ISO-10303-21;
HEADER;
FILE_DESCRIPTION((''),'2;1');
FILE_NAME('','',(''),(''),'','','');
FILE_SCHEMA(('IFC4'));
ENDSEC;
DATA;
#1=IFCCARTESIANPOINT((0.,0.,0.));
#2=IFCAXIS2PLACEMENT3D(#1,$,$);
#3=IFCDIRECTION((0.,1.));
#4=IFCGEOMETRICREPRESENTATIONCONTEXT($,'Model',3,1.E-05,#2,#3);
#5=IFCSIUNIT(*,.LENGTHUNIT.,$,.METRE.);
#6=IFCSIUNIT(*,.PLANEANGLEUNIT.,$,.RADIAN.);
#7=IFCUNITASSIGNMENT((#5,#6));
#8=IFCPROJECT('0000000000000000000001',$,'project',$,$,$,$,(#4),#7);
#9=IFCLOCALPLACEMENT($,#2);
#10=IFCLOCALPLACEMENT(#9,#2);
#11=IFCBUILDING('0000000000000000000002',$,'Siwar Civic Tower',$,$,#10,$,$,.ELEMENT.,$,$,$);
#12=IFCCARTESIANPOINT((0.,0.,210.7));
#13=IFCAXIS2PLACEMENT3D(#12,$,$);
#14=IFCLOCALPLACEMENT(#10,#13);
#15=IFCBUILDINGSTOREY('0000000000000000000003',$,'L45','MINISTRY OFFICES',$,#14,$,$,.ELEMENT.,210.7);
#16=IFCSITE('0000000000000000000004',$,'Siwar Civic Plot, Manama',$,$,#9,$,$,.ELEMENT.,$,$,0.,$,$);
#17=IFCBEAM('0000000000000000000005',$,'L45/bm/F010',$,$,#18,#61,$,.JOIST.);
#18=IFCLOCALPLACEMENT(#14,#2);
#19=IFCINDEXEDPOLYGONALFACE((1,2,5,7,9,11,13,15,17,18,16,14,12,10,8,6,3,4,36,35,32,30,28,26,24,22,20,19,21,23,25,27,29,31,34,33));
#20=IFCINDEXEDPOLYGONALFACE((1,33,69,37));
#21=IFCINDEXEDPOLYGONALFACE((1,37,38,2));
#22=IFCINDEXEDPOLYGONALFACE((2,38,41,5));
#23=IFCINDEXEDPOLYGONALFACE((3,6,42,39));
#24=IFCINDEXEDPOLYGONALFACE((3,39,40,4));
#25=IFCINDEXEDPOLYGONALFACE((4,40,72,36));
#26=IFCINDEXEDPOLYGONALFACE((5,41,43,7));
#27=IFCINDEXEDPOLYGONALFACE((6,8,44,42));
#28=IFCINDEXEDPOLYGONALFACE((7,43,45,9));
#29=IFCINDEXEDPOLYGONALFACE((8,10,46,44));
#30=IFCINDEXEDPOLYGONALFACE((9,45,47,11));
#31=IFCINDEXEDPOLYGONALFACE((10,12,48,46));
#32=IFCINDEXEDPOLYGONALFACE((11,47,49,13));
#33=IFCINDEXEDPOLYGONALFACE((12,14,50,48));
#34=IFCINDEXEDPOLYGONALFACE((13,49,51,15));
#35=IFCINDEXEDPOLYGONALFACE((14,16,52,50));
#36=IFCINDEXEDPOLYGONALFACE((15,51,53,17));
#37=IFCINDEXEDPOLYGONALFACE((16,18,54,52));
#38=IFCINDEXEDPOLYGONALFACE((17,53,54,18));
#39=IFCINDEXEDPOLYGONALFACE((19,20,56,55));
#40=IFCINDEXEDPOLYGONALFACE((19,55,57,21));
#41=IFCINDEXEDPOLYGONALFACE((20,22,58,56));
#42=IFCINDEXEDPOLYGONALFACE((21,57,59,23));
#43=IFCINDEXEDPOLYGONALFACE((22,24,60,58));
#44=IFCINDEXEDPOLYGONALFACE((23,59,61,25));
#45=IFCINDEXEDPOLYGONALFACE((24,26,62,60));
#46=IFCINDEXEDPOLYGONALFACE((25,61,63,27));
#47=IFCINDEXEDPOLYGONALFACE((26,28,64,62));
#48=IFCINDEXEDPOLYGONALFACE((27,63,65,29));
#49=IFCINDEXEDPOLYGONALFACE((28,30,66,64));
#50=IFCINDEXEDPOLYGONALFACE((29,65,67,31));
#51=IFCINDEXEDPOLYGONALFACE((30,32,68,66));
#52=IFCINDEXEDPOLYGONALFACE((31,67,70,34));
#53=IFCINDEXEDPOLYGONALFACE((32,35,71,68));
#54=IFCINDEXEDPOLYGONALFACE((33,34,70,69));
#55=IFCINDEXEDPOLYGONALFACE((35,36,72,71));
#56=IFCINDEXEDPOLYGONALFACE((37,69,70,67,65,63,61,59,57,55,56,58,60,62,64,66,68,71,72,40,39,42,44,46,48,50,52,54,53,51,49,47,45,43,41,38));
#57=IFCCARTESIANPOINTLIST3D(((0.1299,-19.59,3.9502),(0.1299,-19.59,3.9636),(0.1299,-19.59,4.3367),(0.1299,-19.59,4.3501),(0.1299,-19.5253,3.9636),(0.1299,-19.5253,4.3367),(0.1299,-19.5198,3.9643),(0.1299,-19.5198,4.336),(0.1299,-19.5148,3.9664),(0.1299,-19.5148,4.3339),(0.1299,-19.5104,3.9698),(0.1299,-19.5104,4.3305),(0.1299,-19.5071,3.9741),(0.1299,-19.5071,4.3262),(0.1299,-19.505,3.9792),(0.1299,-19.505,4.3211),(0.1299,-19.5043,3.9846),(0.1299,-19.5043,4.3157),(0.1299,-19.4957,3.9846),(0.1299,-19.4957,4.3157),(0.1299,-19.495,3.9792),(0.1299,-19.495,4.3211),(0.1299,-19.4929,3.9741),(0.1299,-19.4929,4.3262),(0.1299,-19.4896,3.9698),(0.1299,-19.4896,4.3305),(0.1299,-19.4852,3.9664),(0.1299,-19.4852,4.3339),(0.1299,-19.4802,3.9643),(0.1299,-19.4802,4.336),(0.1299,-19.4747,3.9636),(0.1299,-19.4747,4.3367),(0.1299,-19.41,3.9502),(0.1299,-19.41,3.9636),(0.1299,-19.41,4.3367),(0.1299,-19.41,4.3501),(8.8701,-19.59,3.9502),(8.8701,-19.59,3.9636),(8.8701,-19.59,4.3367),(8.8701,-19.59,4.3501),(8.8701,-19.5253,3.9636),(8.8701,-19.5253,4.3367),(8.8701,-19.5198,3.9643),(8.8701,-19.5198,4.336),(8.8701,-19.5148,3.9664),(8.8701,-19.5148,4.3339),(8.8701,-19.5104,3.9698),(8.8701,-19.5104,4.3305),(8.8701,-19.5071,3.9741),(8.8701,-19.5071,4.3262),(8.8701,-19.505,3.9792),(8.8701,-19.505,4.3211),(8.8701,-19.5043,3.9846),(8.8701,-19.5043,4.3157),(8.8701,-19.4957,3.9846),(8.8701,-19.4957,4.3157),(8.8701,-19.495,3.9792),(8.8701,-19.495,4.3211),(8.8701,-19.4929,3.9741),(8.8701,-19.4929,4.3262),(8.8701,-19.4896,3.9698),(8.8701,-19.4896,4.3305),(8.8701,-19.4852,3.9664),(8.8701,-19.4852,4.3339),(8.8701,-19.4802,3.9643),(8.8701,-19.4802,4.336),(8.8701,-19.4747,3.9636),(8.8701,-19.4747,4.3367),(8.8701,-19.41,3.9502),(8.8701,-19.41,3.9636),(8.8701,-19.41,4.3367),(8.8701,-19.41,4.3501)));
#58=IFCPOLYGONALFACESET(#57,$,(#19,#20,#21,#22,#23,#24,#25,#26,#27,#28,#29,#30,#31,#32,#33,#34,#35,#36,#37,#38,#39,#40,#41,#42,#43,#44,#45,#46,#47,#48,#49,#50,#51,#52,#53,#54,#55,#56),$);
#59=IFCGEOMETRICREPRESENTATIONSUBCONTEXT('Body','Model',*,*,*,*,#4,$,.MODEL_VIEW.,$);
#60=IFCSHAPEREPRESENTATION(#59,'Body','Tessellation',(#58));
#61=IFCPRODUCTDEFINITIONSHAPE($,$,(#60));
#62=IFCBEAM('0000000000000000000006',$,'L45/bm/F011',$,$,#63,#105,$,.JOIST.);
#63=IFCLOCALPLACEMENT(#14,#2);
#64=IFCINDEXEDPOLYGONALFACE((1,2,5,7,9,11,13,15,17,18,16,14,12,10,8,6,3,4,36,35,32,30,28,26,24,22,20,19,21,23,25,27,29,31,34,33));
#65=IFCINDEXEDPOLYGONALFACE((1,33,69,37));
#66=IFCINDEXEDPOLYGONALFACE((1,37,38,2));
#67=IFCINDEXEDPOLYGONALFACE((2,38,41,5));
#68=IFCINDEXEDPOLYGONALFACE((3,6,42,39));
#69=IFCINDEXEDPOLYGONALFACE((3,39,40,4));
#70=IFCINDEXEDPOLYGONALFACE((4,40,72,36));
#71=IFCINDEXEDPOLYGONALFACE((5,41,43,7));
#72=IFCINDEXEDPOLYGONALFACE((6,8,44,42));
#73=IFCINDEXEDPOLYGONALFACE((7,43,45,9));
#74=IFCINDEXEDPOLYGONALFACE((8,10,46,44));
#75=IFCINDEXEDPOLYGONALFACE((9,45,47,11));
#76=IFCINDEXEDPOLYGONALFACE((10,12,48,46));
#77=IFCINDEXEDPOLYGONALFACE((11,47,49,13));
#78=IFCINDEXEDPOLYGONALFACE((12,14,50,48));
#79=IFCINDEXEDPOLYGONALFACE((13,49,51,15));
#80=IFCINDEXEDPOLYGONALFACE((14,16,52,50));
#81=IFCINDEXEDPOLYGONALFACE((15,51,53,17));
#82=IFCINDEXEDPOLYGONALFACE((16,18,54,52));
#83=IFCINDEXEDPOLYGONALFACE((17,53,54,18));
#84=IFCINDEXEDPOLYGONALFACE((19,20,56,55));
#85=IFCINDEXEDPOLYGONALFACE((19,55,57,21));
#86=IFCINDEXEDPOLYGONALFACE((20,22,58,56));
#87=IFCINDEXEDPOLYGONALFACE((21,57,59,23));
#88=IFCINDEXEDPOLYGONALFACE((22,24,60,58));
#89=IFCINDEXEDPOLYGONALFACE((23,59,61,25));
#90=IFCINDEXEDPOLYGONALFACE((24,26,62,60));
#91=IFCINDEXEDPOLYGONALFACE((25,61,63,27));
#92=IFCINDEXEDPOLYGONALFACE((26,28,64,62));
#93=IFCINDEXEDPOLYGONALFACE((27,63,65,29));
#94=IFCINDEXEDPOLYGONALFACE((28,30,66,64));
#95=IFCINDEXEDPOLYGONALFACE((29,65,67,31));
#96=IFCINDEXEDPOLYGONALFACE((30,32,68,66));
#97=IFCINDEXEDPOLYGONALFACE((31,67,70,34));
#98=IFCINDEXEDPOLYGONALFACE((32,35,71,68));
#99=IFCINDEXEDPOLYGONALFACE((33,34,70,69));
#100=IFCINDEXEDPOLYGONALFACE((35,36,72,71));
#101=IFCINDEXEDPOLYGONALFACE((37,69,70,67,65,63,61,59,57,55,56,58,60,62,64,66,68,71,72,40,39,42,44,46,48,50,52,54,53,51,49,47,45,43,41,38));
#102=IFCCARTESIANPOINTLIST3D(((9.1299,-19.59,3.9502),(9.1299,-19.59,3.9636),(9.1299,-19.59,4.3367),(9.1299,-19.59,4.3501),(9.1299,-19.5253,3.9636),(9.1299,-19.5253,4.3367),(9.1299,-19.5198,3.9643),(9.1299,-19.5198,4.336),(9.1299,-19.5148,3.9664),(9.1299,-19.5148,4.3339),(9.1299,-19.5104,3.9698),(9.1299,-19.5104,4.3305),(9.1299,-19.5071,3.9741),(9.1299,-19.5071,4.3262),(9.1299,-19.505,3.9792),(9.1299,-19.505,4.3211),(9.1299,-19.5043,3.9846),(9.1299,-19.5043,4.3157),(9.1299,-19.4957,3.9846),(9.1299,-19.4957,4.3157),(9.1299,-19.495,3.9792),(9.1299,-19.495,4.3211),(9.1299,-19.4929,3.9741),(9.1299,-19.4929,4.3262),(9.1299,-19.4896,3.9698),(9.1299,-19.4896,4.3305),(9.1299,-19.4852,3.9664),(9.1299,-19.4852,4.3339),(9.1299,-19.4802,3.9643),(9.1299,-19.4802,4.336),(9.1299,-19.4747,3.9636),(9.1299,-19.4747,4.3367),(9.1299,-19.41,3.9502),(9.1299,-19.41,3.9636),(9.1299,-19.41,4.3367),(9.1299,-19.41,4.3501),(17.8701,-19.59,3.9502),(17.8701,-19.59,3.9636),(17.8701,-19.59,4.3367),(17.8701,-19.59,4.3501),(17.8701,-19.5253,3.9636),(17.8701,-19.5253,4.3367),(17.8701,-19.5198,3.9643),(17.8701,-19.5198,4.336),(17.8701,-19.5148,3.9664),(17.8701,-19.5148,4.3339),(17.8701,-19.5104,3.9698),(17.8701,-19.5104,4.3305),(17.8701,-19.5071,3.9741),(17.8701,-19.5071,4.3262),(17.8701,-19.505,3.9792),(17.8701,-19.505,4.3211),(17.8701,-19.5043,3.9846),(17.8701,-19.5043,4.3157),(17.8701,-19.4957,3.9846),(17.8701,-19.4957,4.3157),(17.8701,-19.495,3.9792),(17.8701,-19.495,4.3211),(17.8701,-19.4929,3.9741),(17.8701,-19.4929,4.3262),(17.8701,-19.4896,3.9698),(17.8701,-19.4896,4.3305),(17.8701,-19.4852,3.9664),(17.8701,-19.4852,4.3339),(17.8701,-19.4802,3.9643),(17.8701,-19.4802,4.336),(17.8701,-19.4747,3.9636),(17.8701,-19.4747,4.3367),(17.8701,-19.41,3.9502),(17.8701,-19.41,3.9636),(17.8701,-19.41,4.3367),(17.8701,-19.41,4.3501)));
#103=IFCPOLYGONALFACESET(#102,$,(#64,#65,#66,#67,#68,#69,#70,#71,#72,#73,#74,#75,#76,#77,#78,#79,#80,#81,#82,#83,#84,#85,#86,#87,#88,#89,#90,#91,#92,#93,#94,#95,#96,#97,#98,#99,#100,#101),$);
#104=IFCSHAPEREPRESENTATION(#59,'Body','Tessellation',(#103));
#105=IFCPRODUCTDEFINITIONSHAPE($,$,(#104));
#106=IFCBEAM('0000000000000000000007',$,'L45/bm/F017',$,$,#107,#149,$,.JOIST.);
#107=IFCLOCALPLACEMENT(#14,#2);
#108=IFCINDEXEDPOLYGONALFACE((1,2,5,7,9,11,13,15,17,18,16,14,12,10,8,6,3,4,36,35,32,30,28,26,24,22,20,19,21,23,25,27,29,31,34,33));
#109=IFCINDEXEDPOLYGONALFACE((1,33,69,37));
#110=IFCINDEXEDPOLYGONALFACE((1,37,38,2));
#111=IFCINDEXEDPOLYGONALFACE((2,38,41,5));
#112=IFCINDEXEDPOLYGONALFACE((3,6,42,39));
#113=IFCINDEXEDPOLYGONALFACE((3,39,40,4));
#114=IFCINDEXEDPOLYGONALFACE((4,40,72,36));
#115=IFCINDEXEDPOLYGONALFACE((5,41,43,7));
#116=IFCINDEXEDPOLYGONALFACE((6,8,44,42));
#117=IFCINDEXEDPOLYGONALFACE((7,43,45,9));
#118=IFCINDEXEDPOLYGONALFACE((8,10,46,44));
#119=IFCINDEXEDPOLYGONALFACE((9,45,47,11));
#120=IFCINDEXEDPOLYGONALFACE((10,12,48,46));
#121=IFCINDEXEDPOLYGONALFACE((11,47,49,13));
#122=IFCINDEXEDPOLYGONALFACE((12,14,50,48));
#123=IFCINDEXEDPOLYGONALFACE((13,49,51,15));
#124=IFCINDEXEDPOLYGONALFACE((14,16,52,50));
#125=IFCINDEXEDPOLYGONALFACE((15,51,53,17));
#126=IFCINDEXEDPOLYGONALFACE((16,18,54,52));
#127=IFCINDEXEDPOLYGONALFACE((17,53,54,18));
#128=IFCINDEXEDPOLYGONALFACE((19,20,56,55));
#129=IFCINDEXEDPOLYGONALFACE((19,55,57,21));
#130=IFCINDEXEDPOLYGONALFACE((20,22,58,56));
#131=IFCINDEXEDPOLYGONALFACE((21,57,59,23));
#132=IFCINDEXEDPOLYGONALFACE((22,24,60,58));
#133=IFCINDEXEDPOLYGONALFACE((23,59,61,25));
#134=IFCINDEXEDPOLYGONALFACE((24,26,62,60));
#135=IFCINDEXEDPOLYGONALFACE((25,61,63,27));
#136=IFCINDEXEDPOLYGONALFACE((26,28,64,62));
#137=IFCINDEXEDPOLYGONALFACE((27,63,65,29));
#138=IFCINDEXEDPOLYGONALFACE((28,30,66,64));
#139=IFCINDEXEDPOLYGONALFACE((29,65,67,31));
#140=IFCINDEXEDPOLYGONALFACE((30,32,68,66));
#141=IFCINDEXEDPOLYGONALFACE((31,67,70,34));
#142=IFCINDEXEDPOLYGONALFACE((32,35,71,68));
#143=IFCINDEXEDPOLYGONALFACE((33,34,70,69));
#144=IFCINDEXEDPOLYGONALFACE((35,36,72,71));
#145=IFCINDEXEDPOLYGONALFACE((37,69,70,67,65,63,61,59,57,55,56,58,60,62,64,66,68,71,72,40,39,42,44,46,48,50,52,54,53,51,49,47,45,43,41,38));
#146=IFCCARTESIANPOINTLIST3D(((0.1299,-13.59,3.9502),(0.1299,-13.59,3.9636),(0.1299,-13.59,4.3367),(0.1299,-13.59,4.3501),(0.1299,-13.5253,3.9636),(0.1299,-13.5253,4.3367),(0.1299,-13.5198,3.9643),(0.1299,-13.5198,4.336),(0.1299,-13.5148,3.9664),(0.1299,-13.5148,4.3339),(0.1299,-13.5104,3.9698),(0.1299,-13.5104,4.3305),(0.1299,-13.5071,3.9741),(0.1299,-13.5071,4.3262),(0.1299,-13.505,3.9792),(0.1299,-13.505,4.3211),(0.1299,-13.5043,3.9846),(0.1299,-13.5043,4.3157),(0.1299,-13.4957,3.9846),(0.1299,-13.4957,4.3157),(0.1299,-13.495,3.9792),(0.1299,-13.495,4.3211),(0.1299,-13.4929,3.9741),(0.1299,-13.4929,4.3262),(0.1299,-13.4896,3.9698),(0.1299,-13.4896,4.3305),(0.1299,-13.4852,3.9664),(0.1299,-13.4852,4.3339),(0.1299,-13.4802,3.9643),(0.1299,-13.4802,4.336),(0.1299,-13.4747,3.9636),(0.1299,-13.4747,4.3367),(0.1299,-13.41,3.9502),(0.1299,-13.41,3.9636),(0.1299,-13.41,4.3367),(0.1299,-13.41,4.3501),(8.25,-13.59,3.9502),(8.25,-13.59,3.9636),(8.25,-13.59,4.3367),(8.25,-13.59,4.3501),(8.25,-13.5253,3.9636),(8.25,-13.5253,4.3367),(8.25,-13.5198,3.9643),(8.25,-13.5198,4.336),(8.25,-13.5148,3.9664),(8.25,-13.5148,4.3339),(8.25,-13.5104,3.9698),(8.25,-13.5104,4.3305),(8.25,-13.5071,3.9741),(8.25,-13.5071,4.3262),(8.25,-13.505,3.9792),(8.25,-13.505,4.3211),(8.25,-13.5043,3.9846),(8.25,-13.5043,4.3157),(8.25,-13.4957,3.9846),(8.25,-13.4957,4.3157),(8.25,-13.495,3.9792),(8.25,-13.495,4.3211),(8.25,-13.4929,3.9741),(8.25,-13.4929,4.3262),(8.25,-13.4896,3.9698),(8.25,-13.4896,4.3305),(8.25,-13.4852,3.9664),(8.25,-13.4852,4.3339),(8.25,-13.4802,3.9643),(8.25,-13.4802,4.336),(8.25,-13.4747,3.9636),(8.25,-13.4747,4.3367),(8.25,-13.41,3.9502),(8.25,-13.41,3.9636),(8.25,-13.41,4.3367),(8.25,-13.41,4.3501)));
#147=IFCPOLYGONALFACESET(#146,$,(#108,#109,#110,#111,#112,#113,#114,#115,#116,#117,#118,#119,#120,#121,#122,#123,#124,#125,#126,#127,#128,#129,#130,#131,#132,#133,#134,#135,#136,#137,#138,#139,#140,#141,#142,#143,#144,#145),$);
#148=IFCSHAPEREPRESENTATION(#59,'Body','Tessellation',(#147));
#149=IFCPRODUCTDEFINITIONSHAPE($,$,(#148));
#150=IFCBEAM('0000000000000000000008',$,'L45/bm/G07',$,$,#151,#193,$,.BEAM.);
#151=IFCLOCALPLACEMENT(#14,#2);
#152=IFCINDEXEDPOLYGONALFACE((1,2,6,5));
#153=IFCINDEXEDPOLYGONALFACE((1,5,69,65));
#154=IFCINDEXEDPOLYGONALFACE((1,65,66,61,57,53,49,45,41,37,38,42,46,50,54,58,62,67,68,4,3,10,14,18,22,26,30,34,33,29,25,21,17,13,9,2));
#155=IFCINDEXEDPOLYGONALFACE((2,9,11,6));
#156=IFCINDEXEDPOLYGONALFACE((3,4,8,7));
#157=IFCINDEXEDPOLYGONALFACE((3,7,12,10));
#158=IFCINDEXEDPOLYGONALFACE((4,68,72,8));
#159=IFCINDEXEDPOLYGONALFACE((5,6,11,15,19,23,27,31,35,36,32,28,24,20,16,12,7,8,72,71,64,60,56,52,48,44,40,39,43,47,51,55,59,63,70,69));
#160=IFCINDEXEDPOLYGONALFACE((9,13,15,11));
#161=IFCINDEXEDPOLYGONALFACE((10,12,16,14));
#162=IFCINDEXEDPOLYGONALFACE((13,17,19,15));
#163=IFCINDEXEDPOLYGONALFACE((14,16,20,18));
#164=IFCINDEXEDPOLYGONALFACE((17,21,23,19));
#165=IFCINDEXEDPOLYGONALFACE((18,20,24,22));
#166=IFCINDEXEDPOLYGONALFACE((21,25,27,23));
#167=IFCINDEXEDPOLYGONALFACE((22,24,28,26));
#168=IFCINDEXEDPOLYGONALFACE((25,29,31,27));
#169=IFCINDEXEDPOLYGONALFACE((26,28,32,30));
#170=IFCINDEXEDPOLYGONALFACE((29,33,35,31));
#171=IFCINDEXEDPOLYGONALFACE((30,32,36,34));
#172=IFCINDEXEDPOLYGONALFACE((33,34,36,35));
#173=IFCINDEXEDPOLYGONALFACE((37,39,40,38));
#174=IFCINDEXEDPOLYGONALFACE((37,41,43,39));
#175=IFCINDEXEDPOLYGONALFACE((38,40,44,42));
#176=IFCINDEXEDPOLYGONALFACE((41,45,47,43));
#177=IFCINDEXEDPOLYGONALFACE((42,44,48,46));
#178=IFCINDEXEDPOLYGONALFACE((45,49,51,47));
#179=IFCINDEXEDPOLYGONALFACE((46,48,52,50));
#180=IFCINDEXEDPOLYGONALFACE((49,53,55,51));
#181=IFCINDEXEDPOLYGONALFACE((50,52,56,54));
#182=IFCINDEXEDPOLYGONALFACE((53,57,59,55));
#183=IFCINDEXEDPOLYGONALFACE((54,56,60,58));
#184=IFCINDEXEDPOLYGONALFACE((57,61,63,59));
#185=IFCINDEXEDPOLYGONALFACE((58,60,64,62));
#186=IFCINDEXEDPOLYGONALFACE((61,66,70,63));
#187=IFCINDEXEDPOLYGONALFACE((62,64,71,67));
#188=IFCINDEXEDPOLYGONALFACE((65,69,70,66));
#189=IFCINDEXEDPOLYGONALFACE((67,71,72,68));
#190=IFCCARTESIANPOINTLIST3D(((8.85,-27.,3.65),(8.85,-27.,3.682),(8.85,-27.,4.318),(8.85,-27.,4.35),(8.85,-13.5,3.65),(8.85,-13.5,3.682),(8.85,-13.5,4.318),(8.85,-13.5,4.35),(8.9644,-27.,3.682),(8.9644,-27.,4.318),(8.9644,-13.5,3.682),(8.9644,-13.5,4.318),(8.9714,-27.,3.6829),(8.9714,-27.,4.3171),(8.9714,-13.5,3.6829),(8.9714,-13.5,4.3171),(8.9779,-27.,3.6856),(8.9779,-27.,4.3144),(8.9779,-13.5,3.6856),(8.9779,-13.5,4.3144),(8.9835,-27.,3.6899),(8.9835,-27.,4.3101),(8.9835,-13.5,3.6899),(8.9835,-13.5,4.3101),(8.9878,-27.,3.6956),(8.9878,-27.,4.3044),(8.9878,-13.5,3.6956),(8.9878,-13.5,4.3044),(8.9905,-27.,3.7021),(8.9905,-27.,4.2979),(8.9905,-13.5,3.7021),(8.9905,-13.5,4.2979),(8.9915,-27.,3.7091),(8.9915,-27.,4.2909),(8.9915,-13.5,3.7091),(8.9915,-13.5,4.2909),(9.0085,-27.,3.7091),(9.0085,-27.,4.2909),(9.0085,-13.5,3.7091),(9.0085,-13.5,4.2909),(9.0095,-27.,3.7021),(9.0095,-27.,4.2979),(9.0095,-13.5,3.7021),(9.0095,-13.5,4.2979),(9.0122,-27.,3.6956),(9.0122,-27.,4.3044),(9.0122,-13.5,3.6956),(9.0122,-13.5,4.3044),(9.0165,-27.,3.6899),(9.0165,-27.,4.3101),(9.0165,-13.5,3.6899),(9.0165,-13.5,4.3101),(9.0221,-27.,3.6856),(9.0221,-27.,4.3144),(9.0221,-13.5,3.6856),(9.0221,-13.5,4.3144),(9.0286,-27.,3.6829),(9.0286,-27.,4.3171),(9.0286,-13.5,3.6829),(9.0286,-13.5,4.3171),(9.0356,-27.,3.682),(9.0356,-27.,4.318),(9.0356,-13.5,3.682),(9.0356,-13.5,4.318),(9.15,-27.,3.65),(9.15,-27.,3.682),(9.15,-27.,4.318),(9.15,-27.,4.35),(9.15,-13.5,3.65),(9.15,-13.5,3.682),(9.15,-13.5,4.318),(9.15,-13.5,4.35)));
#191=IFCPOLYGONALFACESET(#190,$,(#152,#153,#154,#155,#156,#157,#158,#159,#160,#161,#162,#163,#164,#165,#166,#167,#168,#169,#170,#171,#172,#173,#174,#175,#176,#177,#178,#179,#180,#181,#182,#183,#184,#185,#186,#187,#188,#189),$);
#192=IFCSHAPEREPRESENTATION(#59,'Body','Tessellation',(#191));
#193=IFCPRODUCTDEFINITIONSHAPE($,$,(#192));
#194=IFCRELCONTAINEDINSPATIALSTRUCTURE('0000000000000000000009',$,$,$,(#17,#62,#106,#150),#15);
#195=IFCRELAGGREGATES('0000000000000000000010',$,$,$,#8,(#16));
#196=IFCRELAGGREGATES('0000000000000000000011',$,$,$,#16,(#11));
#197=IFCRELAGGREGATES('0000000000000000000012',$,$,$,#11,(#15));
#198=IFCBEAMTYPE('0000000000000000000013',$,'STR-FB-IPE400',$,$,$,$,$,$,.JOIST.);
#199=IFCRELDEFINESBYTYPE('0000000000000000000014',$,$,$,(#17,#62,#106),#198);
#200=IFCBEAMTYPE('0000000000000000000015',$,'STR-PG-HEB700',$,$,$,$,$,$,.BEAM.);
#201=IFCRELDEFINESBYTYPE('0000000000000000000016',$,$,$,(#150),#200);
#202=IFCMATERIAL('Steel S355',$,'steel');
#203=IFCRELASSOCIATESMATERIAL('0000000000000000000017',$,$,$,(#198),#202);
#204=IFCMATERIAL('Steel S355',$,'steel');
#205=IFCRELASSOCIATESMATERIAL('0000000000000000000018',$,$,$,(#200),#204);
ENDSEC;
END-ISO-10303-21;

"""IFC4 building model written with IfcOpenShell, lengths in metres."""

from ifc_helpers import new_model, si_unit, direction, frame, origin, origin_2d, place, context, subcontext, project, spatial, i_section, extrude, material, material_profile, profile_set, type_object, element, save


model = new_model("IFC4")

# Units and contexts
model_context = context("Model", 3, precision=1e-05, world=origin(), true_north=direction((0.0, 1.0)))
body_context = subcontext(model_context, "Body", "Model", "MODEL_VIEW")
ifc_project = project(units=[si_unit("LENGTHUNIT", "METRE"), si_unit("PLANEANGLEUNIT", "RADIAN")], contexts=[model_context])

# Site, building, storey
site_placement = place(None, origin())
site = spatial("IfcSite", under=ifc_project, at=site_placement, Name="Siwar Civic Plot, Manama", CompositionType="ELEMENT", RefElevation=0.0)
building_placement = place(site_placement, origin())
building = spatial("IfcBuilding", under=site, at=building_placement, Name="Siwar Civic Tower", CompositionType="ELEMENT")
storey_placement = place(building_placement, frame((0.0, 0.0, 210.7)))
storey = spatial("IfcBuildingStorey", under=building, at=storey_placement, Name="L45", Description="MINISTRY OFFICES", CompositionType="ELEMENT", Elevation=210.7)

# Beams
ifc_material_1 = material(Name="Steel S355", Category="steel")
ifc_material_profile_1 = material_profile(ifc_material_1, i_section(OverallWidth=0.1799, OverallDepth=0.3999, WebThickness=0.0085, FlangeThickness=0.0134, FilletRadius=0.021, at=origin_2d()), Name="IPE400")
ifc_profile_set_1 = profile_set([ifc_material_profile_1], Name="Steel S355")
beam_type_1 = type_object("IfcBeamType", Name="STR-FB-IPE400", PredefinedType="JOIST", material=ifc_profile_set_1)
for number, where, z_axis, x_axis, name in (
    (1, (0.1299, -19.5, 4.1501), (1.0, 0.0, 0.0), (0.0, 1.0, 0.0), "L45/bm/F010"),
    (2, (9.1299, -19.5, 4.1501), (1.0, 0.0, 0.0), (0.0, 1.0, 0.0), "L45/bm/F011"),
):
    element("IfcBeam", number, at=place(storey_placement, frame(where, z_axis=z_axis, x_axis=x_axis)), inside=storey, type_object=beam_type_1, Name=name, PredefinedType="JOIST", context=body_context, shape_type="SweptSolid", body=[
        extrude(i_section(OverallWidth=0.1799, OverallDepth=0.3999, WebThickness=0.0085, FlangeThickness=0.0134, FilletRadius=0.021, at=origin_2d()), origin(), (0.0, 0.0, 1.0), 8.7402),
    ])
beam_1_placement = place(storey_placement, frame((0.1299, -13.5, 4.1501), z_axis=(1.0, 0.0, 0.0), x_axis=(0.0, 1.0, 0.0)))
element("IfcBeam", 3, at=beam_1_placement, inside=storey, type_object=beam_type_1, Name="L45/bm/F017", PredefinedType="JOIST", context=body_context, shape_type="SweptSolid", body=[
    extrude(i_section(OverallWidth=0.1799, OverallDepth=0.3999, WebThickness=0.0085, FlangeThickness=0.0134, FilletRadius=0.021, at=origin_2d()), origin(), (0.0, 0.0, 1.0), 8.1201),
])
ifc_material_2 = material(Name="Steel S355", Category="steel")
ifc_material_profile_2 = material_profile(ifc_material_2, i_section(OverallWidth=0.3, OverallDepth=0.7, WebThickness=0.0171, FlangeThickness=0.032, FilletRadius=0.0271, at=origin_2d()), Name="HEB700")
ifc_profile_set_2 = profile_set([ifc_material_profile_2], Name="Steel S355")
beam_type_2 = type_object("IfcBeamType", Name="STR-PG-HEB700", PredefinedType="BEAM", material=ifc_profile_set_2)
beam_2_placement = place(storey_placement, frame((9.0, -27.0, 4.0), z_axis=(0.0, 1.0, 0.0), x_axis=(-1.0, 0.0, 0.0)))
element("IfcBeam", 4, at=beam_2_placement, inside=storey, type_object=beam_type_2, Name="L45/bm/G07", PredefinedType="BEAM", context=body_context, shape_type="SweptSolid", body=[
    extrude(i_section(OverallWidth=0.3, OverallDepth=0.7, WebThickness=0.0171, FlangeThickness=0.032, FilletRadius=0.0271, at=origin_2d()), origin(), (0.0, 0.0, 1.0), 13.5),
])

save(model, "model.ifc")
